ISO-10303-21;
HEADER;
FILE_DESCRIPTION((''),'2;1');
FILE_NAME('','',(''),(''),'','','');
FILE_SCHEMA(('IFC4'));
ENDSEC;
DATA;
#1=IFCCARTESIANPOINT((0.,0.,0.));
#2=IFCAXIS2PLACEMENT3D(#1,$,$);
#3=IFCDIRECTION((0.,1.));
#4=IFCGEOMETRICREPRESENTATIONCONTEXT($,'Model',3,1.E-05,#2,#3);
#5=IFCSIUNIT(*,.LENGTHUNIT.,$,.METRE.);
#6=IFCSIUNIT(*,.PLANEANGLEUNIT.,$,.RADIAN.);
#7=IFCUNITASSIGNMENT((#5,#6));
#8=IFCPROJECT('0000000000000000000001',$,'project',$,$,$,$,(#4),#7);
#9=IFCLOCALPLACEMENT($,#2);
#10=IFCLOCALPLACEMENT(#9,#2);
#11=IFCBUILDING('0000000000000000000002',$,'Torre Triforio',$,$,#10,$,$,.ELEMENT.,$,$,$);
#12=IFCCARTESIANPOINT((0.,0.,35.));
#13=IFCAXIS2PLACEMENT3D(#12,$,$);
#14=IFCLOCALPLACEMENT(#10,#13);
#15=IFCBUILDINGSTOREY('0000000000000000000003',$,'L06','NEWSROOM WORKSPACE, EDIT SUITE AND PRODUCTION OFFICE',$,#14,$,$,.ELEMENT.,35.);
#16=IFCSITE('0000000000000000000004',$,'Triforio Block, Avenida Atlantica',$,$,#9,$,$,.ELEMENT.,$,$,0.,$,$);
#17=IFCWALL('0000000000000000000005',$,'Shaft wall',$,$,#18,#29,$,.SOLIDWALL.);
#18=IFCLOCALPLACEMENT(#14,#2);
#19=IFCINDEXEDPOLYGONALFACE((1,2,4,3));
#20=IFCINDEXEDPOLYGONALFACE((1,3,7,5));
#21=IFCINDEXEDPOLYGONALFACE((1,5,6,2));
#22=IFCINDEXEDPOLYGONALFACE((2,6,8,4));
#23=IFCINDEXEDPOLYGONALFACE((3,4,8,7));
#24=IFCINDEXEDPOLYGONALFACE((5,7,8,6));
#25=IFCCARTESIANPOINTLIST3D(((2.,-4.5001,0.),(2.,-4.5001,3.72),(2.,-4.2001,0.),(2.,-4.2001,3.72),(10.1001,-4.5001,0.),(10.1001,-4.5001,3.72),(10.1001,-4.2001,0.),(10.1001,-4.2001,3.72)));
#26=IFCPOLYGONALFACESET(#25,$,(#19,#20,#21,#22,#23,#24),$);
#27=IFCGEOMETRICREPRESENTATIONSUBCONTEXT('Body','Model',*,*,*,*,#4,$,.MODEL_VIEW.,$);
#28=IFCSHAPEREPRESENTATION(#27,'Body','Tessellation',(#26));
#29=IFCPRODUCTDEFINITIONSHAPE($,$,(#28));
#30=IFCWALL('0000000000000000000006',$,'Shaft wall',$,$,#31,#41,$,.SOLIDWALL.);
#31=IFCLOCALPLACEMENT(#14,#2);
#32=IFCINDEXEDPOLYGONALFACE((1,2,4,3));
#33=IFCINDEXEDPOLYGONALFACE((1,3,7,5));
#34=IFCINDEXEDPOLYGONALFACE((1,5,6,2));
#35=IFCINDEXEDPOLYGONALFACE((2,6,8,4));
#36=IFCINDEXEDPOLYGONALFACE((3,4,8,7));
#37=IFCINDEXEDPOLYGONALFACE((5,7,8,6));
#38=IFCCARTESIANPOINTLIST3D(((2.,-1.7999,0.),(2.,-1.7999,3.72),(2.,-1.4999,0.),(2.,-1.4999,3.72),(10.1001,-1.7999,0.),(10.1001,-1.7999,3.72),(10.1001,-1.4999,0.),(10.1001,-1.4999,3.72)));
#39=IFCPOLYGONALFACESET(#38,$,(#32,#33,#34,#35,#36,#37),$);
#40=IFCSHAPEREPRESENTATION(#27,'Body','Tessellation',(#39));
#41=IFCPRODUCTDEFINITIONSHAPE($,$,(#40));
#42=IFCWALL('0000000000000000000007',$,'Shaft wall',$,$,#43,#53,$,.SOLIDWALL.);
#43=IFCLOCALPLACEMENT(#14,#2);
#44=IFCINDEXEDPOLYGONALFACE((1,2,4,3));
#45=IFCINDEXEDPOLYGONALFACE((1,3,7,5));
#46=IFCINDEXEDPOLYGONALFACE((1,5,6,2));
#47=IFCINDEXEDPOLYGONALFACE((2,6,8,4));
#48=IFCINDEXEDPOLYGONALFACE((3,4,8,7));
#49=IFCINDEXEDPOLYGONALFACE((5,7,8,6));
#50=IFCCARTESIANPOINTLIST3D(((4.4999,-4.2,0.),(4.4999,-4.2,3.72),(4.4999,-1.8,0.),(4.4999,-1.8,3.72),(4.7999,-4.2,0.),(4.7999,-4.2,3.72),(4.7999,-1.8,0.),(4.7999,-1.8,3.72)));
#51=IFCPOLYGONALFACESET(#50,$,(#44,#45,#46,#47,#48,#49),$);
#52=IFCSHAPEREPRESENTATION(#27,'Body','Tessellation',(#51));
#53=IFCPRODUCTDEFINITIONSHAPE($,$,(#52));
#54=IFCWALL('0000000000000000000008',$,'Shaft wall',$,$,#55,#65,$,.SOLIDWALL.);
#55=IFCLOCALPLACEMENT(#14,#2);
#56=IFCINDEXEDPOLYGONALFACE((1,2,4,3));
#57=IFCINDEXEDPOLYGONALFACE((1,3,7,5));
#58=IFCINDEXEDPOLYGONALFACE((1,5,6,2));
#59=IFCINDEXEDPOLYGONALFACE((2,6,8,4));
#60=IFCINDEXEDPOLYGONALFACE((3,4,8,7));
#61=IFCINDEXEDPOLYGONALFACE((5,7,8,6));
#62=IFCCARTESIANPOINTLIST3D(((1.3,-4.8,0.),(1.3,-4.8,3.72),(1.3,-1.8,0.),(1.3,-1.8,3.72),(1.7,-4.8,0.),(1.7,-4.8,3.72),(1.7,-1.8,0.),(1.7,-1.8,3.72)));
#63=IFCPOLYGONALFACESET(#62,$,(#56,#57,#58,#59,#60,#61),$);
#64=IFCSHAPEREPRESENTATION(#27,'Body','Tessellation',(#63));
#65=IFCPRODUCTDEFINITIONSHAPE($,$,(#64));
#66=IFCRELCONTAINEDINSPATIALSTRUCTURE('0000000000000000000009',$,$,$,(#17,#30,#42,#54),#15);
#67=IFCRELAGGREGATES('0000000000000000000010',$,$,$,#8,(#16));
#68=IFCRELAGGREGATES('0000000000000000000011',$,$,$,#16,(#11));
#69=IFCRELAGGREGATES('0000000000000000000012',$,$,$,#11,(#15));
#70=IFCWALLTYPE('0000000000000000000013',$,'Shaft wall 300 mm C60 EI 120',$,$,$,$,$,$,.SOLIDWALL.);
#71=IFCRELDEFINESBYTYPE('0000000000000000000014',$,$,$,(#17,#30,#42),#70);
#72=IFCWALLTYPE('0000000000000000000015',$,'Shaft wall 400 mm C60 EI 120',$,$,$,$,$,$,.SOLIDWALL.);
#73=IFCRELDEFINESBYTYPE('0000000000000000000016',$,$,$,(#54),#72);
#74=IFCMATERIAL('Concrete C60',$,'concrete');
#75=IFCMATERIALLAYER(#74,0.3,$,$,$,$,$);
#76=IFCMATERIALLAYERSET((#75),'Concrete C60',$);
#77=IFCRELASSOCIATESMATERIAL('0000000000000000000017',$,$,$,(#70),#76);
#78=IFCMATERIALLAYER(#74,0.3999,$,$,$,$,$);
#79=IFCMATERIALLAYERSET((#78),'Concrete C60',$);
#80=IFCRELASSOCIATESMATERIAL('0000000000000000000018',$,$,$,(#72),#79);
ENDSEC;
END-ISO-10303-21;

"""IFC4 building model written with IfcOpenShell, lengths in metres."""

from ifc_helpers import new_model, si_unit, direction, frame, frame_2d, origin, place, context, subcontext, project, spatial, rectangle, extrude, material, layer, layer_set, type_object, element, save


model = new_model("IFC4")

# Units and contexts
model_context = context("Model", 3, precision=1e-05, world=origin(), true_north=direction((0.0, 1.0)))
body_context = subcontext(model_context, "Body", "Model", "MODEL_VIEW")
ifc_project = project(units=[si_unit("LENGTHUNIT", "METRE"), si_unit("PLANEANGLEUNIT", "RADIAN")], contexts=[model_context])

# Site, building, storey
site_placement = place(None, origin())
site = spatial("IfcSite", under=ifc_project, at=site_placement, Name="Triforio Block, Avenida Atlantica", CompositionType="ELEMENT", RefElevation=0.0)
building_placement = place(site_placement, origin())
building = spatial("IfcBuilding", under=site, at=building_placement, Name="Torre Triforio", CompositionType="ELEMENT")
storey_placement = place(building_placement, frame((0.0, 0.0, 35.0)))
storey = spatial("IfcBuildingStorey", under=building, at=storey_placement, Name="L06", Description="NEWSROOM WORKSPACE, EDIT SUITE AND PRODUCTION OFFICE", CompositionType="ELEMENT", Elevation=35.0)

# Shared definitions
ifc_material_1 = material(Name="Concrete C60", Category="concrete")

# Walls
ifc_layer_1 = layer(ifc_material_1, 0.3)
ifc_layer_set_1 = layer_set([ifc_layer_1], Name="Concrete C60")
wall_type_1 = type_object("IfcWallType", Name="Shaft wall 300 mm C60 EI 120", PredefinedType="SOLIDWALL", material=ifc_layer_set_1)
for number, where, z_axis, x_axis, name in (
    (1, (2.0, -4.3501, 0.0), (0.0, 0.0, 1.0), (1.0, 0.0, 0.0), "Shaft wall"),
    (2, (2.0, -1.6499, 0.0), (0.0, 0.0, 1.0), (1.0, 0.0, 0.0), "Shaft wall"),
):
    element("IfcWall", number, at=place(storey_placement, frame(where, z_axis=z_axis, x_axis=x_axis)), inside=storey, type_object=wall_type_1, Name=name, PredefinedType="SOLIDWALL", context=body_context, shape_type="SweptSolid", body=[
        extrude(rectangle(XDim=8.1001, YDim=0.3, at=frame_2d((4.05, 0.0))), origin(), (0.0, 0.0, 1.0), 3.72),
    ])
wall_1_placement = place(storey_placement, frame((4.6499, -4.2, 0.0), z_axis=(0.0, 0.0, 1.0), x_axis=(0.0, 1.0, 0.0)))
element("IfcWall", 3, at=wall_1_placement, inside=storey, type_object=wall_type_1, Name="Shaft wall", PredefinedType="SOLIDWALL", context=body_context, shape_type="SweptSolid", body=[
    extrude(rectangle(XDim=2.3999, YDim=0.3, at=frame_2d((1.2, 0.0))), origin(), (0.0, 0.0, 1.0), 3.72),
])
ifc_layer_2 = layer(ifc_material_1, 0.3999)
ifc_layer_set_2 = layer_set([ifc_layer_2], Name="Concrete C60")
wall_type_2 = type_object("IfcWallType", Name="Shaft wall 400 mm C60 EI 120", PredefinedType="SOLIDWALL", material=ifc_layer_set_2)
wall_2_placement = place(storey_placement, frame((1.5, -4.8, 0.0), z_axis=(0.0, 0.0, 1.0), x_axis=(0.0, 1.0, 0.0)))
element("IfcWall", 4, at=wall_2_placement, inside=storey, type_object=wall_type_2, Name="Shaft wall", PredefinedType="SOLIDWALL", context=body_context, shape_type="SweptSolid", body=[
    extrude(rectangle(XDim=3.0, YDim=0.3999, at=frame_2d((1.5, 0.0))), origin(), (0.0, 0.0, 1.0), 3.72),
])

save(model, "model.ifc")
